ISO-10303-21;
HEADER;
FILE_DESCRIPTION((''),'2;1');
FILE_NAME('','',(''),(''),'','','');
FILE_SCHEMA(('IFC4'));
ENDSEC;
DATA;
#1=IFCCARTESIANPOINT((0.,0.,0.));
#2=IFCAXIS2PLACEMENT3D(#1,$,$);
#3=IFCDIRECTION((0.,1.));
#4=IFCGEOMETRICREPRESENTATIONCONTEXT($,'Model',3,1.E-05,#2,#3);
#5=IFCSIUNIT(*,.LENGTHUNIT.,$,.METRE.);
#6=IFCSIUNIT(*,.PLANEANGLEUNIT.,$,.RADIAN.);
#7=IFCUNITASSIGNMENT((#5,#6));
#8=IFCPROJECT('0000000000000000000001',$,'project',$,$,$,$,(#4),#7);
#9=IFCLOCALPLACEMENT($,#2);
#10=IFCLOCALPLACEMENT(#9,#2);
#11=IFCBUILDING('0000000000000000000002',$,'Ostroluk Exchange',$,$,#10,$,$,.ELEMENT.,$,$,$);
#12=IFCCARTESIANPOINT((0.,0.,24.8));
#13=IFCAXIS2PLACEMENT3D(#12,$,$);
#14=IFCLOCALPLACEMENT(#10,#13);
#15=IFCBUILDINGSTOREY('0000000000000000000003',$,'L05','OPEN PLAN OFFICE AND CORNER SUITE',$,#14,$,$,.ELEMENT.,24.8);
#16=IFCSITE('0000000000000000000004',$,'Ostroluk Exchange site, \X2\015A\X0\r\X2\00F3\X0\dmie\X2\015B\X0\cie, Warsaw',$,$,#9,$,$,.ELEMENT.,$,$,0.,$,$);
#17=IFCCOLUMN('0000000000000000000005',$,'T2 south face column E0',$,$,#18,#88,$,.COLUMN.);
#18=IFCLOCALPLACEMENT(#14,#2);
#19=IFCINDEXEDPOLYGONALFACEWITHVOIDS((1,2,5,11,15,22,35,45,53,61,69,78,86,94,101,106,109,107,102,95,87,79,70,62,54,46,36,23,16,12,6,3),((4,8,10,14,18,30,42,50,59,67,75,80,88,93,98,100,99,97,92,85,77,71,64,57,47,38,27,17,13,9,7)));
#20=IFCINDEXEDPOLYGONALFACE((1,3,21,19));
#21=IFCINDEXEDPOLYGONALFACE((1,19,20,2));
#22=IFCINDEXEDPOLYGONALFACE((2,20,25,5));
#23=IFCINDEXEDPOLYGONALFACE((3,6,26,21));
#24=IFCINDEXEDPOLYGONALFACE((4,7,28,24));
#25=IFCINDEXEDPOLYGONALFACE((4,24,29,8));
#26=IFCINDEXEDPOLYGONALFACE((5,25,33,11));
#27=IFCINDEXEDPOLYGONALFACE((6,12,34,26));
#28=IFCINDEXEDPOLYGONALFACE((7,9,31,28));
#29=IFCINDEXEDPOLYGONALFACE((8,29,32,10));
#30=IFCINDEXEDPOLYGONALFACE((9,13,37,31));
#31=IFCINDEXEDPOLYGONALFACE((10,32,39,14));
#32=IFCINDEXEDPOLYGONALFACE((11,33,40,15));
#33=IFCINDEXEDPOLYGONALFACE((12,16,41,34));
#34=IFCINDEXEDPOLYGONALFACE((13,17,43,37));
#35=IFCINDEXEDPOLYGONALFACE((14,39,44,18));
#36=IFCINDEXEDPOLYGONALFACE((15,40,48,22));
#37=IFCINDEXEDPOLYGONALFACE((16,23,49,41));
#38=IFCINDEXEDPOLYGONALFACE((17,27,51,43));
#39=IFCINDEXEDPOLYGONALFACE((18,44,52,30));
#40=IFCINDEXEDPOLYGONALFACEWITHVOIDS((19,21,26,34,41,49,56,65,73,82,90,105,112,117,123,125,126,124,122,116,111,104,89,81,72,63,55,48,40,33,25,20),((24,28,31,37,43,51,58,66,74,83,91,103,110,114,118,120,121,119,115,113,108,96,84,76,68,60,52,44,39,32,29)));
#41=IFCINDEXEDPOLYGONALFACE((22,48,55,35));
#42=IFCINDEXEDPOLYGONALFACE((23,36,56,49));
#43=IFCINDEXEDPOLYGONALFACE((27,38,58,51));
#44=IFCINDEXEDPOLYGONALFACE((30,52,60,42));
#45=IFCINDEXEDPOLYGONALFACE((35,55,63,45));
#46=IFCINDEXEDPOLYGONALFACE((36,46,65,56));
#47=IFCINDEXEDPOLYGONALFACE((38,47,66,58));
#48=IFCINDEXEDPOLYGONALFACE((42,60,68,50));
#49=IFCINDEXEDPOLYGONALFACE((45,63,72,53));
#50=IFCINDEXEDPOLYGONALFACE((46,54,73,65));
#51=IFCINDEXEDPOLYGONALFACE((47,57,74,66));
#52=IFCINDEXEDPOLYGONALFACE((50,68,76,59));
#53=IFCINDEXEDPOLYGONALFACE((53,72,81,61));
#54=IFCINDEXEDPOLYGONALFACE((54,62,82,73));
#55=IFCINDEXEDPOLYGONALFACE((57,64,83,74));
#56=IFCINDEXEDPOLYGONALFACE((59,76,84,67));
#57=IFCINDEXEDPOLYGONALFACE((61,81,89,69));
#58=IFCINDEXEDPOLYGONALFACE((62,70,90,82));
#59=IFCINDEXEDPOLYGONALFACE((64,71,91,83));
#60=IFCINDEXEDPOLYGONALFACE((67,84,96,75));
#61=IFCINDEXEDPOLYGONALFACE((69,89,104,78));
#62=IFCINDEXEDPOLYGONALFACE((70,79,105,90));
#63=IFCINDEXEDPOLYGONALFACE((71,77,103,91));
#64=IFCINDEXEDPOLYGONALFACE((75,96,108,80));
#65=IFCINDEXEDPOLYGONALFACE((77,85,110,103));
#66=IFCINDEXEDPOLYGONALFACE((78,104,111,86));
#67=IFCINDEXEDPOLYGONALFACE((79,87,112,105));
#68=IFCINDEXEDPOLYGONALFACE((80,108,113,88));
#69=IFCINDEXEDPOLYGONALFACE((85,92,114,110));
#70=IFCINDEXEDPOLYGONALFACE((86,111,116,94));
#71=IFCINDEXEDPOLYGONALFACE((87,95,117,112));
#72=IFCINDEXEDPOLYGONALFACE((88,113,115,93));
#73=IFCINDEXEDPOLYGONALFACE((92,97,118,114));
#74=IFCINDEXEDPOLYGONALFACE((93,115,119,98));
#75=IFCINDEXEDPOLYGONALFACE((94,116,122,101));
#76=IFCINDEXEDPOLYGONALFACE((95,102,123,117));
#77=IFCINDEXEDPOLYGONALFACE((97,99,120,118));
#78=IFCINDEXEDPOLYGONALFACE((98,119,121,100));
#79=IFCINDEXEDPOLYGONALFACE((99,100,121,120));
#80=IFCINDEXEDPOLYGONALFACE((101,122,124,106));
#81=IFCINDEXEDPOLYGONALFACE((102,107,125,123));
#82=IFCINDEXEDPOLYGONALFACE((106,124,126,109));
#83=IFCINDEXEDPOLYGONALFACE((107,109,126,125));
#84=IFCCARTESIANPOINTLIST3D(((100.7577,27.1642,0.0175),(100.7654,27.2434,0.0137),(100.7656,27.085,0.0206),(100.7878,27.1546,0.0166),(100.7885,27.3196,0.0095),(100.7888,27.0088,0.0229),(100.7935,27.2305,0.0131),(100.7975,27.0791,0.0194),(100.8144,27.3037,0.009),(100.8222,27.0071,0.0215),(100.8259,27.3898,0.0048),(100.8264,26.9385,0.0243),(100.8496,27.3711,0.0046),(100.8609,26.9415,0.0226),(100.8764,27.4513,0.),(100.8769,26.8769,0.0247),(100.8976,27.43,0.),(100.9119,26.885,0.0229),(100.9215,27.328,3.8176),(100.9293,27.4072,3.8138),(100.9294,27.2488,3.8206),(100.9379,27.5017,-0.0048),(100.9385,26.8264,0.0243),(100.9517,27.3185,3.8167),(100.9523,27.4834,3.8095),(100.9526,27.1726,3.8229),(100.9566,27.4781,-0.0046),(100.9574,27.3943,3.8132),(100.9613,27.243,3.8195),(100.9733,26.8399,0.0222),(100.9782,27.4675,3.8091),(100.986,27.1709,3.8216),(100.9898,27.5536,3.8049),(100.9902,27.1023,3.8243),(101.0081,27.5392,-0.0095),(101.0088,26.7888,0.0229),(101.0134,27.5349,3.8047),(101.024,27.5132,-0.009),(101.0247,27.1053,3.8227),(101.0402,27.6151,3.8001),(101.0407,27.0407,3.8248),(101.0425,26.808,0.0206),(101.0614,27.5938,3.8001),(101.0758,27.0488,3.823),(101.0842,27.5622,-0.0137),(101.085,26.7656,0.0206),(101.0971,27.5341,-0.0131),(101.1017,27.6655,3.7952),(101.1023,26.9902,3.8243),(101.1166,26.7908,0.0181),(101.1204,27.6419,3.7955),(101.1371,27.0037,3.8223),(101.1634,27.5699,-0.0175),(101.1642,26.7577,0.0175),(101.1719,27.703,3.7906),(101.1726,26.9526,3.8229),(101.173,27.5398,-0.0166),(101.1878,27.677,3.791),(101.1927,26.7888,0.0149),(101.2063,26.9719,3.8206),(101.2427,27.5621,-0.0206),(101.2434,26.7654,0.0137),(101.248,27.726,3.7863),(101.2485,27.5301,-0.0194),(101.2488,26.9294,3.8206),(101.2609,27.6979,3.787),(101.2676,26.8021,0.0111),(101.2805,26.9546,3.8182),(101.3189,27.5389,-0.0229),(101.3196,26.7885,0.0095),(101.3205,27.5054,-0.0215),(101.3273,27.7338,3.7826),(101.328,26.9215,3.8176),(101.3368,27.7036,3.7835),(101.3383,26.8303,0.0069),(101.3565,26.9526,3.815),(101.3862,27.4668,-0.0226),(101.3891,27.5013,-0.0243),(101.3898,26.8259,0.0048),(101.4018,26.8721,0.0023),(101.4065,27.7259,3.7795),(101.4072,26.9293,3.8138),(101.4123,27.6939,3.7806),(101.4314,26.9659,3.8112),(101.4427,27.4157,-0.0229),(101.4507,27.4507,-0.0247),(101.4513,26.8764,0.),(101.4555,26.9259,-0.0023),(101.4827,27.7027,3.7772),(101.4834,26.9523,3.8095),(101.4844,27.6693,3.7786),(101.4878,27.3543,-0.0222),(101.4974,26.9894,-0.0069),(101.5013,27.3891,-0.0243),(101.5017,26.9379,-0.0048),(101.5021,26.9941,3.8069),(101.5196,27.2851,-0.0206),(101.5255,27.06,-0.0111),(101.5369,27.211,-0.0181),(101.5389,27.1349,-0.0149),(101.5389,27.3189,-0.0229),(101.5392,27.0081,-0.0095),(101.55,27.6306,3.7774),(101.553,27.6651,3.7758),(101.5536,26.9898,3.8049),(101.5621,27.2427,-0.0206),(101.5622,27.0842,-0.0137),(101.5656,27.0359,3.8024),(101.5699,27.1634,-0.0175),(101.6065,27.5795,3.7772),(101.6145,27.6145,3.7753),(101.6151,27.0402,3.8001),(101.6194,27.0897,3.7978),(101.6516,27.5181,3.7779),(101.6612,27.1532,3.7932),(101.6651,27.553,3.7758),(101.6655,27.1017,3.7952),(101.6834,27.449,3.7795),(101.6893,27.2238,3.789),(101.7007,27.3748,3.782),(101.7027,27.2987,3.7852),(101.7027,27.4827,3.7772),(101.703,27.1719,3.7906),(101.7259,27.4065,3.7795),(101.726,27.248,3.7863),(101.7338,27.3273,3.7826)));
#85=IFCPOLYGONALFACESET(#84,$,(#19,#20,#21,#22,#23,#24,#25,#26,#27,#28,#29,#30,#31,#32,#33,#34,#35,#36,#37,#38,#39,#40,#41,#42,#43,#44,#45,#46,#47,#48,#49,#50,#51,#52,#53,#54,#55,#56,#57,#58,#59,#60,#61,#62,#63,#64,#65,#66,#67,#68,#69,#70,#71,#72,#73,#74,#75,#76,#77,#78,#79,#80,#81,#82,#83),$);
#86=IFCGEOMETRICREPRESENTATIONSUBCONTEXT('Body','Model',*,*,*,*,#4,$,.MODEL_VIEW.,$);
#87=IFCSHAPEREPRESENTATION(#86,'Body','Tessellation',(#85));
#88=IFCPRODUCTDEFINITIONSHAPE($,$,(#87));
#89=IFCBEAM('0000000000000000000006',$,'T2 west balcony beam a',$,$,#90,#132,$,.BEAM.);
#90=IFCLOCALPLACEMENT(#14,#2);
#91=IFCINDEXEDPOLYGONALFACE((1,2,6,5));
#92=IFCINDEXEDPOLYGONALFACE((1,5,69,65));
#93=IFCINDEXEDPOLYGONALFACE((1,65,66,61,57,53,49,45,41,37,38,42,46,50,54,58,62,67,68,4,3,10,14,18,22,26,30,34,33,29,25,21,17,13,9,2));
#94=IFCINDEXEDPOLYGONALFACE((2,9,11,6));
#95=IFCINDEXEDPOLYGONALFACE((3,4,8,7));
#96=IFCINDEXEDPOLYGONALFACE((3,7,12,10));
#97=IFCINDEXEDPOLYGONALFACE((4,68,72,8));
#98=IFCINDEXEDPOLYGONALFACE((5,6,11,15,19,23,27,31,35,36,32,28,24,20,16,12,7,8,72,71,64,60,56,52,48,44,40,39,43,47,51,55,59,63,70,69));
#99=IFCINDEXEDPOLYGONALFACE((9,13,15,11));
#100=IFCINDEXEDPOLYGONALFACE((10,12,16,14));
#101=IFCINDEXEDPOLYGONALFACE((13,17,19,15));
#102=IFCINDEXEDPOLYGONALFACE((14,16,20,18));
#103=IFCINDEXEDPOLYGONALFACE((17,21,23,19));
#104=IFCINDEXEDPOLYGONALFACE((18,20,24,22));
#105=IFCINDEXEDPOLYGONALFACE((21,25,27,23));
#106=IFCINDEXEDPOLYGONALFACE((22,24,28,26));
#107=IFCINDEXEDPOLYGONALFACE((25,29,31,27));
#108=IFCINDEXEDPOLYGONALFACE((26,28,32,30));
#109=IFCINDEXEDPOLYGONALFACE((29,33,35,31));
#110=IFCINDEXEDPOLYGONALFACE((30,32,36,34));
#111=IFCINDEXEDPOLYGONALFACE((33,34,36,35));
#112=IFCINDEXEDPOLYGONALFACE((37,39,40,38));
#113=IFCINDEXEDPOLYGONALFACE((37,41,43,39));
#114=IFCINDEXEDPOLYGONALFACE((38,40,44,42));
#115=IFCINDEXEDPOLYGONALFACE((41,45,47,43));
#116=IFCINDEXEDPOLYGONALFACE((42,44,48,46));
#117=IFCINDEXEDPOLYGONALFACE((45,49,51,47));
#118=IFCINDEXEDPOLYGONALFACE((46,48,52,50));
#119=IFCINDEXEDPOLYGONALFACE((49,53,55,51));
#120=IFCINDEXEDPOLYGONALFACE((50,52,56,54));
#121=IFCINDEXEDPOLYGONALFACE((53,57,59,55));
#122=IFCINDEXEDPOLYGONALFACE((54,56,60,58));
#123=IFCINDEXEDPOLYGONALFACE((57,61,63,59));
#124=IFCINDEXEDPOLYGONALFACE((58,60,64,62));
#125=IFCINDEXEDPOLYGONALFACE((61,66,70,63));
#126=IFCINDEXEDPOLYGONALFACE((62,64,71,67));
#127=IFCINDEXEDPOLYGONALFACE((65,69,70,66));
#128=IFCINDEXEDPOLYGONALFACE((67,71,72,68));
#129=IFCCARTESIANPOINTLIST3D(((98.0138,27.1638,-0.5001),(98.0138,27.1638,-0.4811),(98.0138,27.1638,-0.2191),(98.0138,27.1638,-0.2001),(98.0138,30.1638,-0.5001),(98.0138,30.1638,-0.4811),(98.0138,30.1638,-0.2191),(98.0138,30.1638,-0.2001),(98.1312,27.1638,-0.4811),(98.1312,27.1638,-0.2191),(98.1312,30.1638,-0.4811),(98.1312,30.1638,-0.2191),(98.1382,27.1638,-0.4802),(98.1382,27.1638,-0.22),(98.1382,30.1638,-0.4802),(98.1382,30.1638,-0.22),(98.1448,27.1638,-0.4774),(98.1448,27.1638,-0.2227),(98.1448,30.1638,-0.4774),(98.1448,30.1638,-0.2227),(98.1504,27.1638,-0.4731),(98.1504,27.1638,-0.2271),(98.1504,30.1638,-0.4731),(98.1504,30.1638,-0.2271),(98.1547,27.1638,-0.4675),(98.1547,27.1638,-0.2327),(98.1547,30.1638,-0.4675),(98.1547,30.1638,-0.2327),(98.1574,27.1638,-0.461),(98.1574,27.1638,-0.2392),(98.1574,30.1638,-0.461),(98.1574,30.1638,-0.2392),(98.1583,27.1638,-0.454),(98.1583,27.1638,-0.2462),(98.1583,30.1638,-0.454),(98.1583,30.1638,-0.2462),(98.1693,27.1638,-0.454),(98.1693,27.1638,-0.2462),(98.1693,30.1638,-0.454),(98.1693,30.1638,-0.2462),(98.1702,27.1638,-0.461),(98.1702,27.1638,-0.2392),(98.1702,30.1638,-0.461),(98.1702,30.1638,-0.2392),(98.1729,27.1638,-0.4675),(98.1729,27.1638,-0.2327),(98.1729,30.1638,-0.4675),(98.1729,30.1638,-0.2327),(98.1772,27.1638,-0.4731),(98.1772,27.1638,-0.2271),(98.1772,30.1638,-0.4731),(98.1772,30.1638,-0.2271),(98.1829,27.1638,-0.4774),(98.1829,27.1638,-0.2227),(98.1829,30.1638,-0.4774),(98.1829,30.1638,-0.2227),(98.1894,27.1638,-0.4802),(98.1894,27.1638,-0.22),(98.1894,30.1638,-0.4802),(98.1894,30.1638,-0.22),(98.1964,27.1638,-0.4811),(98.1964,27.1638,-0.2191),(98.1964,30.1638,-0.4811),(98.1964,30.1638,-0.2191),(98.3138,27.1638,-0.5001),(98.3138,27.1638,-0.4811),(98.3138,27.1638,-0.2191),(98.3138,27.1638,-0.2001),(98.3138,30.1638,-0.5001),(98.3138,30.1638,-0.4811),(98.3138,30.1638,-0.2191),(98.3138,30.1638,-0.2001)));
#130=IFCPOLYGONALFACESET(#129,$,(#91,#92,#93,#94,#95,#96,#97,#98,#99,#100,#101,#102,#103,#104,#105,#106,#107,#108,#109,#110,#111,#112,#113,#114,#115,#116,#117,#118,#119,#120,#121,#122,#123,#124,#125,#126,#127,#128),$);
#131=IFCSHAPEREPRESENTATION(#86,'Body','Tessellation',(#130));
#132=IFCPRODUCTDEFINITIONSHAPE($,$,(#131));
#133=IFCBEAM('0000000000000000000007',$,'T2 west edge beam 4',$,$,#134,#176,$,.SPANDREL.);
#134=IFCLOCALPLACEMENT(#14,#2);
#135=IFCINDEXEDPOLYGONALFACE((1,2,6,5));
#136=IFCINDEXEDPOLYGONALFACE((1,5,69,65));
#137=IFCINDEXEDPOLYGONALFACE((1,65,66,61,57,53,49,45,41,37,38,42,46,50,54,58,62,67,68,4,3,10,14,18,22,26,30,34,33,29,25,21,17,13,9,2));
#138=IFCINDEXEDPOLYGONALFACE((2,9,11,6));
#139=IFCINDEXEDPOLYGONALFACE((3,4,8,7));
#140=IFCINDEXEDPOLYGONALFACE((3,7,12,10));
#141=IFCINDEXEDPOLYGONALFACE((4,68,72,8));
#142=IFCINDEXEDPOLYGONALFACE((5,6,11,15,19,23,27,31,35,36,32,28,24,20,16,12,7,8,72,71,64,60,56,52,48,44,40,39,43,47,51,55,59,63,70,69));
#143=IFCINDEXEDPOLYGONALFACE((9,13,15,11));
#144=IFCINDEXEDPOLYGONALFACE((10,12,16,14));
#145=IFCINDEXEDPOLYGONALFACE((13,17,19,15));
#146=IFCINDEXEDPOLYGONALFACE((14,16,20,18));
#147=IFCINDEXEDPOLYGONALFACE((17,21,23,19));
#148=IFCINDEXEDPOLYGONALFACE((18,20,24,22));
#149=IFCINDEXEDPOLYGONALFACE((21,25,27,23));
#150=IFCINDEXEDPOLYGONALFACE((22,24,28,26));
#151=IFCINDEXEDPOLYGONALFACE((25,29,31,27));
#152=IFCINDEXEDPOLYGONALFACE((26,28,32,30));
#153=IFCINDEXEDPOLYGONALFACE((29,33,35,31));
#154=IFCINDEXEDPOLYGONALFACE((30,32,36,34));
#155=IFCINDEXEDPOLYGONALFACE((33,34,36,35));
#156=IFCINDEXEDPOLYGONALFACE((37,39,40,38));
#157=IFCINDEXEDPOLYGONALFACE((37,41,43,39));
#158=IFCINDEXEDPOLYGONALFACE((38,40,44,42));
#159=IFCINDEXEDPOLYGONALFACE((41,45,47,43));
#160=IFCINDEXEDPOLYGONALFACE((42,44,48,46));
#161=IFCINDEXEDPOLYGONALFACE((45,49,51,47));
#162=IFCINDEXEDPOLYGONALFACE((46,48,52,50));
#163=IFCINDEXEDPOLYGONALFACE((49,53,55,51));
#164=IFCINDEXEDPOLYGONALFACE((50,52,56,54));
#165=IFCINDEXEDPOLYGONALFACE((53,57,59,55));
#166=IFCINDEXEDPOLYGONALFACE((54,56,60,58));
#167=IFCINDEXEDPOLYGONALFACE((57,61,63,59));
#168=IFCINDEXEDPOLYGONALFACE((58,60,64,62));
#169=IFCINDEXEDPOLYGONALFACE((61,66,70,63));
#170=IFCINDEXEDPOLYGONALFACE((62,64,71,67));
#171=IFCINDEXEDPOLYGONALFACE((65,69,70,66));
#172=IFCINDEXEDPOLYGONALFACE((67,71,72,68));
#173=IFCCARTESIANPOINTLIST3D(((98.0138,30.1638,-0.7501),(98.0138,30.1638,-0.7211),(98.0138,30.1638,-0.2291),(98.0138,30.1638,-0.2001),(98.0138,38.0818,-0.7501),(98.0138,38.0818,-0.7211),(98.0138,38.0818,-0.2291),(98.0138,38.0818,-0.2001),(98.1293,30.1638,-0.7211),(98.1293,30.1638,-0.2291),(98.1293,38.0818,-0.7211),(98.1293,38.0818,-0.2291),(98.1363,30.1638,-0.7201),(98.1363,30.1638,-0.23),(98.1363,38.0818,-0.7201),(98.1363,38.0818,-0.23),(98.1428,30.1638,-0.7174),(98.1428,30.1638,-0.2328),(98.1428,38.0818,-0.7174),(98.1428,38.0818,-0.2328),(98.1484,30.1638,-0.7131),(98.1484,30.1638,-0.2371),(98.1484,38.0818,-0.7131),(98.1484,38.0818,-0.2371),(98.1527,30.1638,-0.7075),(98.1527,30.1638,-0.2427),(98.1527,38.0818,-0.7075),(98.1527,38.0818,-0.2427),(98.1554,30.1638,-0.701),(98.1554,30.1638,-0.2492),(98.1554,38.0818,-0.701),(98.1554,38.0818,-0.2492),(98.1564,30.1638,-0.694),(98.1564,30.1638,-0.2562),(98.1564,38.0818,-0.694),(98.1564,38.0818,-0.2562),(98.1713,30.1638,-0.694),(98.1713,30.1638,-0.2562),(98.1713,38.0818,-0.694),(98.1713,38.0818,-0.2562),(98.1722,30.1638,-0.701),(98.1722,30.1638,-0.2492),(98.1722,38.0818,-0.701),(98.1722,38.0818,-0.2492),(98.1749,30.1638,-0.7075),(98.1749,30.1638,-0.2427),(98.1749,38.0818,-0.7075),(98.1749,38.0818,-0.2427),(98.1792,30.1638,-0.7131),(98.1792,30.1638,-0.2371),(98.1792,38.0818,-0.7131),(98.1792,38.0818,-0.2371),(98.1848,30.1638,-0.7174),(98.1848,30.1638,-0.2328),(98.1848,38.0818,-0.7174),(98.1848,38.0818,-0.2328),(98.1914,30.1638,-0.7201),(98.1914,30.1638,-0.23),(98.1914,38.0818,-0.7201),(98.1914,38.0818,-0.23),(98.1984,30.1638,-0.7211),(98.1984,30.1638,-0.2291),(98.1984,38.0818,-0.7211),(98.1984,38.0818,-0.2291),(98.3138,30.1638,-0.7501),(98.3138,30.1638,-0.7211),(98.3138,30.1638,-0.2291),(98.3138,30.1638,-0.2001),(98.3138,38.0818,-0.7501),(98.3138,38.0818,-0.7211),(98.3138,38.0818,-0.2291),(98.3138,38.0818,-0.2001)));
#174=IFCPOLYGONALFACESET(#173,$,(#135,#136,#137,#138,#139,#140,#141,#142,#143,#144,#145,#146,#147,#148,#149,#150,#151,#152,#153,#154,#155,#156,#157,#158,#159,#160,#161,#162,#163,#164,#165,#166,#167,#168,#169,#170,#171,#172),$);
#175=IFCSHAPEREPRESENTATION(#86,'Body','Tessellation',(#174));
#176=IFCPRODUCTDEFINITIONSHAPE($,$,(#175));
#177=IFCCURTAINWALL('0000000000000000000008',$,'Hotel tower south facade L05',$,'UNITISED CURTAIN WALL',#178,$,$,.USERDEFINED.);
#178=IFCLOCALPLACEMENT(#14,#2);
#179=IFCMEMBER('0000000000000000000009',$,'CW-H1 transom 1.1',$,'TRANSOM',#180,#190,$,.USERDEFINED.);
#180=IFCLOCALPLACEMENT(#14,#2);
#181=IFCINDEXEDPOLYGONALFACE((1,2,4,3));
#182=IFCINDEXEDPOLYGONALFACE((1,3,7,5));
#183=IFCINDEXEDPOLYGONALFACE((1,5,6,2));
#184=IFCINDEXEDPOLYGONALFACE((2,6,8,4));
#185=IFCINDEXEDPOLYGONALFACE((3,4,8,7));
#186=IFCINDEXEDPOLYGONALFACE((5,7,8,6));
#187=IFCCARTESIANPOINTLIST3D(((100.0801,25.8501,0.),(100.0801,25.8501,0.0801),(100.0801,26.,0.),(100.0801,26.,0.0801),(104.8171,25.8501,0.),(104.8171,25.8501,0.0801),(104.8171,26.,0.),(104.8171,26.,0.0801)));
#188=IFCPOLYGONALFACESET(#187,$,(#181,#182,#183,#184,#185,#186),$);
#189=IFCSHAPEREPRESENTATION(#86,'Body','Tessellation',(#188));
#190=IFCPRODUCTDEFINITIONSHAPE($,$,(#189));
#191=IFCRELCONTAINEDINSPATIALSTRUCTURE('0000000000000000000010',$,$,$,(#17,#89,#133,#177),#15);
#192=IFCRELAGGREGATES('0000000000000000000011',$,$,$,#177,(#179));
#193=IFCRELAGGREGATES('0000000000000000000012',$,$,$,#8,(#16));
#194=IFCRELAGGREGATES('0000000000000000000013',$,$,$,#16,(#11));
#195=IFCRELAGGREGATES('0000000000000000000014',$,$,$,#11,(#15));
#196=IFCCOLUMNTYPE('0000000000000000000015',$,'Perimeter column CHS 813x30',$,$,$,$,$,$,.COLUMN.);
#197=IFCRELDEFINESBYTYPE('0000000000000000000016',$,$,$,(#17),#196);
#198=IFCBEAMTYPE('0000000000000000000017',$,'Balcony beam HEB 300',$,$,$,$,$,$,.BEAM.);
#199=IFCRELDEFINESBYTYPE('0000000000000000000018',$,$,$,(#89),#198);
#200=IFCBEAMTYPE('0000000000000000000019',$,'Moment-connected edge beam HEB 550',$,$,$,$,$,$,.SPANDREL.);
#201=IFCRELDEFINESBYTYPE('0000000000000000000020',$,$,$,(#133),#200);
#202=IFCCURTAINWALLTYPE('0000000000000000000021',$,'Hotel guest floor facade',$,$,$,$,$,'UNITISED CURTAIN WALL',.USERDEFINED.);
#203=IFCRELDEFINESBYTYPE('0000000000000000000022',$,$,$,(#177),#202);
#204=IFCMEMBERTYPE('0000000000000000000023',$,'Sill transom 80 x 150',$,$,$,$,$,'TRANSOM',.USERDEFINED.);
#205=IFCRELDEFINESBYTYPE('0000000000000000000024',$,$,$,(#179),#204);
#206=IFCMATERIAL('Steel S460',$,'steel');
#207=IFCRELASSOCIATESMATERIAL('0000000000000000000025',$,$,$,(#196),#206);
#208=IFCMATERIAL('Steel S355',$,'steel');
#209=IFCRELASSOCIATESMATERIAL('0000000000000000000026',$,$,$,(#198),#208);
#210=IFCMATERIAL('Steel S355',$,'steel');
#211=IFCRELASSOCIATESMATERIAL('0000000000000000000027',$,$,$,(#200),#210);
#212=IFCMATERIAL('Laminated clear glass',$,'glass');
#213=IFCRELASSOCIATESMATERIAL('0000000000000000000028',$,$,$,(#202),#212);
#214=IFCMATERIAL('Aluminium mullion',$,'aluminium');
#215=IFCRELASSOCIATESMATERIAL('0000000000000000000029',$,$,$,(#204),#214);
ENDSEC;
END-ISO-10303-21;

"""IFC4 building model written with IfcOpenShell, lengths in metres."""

from ifc_helpers import new_model, si_unit, direction, frame, origin, origin_2d, place, context, subcontext, project, spatial, rectangle, hollow_circle, i_section, extrude, material, material_profile, profile_set, type_object, element, aggregate, save


model = new_model("IFC4")

# Units and contexts
model_context = context("Model", 3, precision=1e-05, world=origin(), true_north=direction((0.0, 1.0)))
body_context = subcontext(model_context, "Body", "Model", "MODEL_VIEW")
ifc_project = project(units=[si_unit("LENGTHUNIT", "METRE"), si_unit("PLANEANGLEUNIT", "RADIAN")], contexts=[model_context])

# Site, building, storey
site_placement = place(None, origin())
site = spatial("IfcSite", under=ifc_project, at=site_placement, Name="Ostroluk Exchange site, Śródmieście, Warsaw", CompositionType="ELEMENT", RefElevation=0.0)
building_placement = place(site_placement, origin())
building = spatial("IfcBuilding", under=site, at=building_placement, Name="Ostroluk Exchange", CompositionType="ELEMENT")
storey_placement = place(building_placement, frame((0.0, 0.0, 24.8)))
storey = spatial("IfcBuildingStorey", under=building, at=storey_placement, Name="L05", Description="OPEN PLAN OFFICE AND CORNER SUITE", CompositionType="ELEMENT", Elevation=24.8)

# Column
ifc_material_1 = material(Name="Steel S460", Category="steel")
ifc_material_profile_1 = material_profile(ifc_material_1, hollow_circle(Radius=0.4065, WallThickness=0.03, at=origin_2d()), Name="CHS 813x30")
ifc_profile_set_1 = profile_set([ifc_material_profile_1], Name="Steel S460")
column_type = type_object("IfcColumnType", Name="Perimeter column CHS 813x30", PredefinedType="COLUMN", material=ifc_profile_set_1)
column_1_placement = place(storey_placement, frame((101.1638, 27.1638, 0.0), z_axis=(0.04303, 0.04303, 0.998147), x_axis=(-0.707107, 0.707107, 0.0)))
element("IfcColumn", 1, at=column_1_placement, inside=storey, type_object=column_type, Name="T2 south face column E0", PredefinedType="COLUMN", context=body_context, shape_type="SweptSolid", body=[
    extrude(hollow_circle(Radius=0.4065, WallThickness=0.03, at=origin_2d()), origin(), (0.0, 0.0, 1.0), 3.8071),
])

# Beams
ifc_material_2 = material(Name="Steel S355", Category="steel")
ifc_material_profile_2 = material_profile(ifc_material_2, i_section(OverallWidth=0.3, OverallDepth=0.3, WebThickness=0.011, FlangeThickness=0.019, FilletRadius=0.0271, at=origin_2d()), Name="HEB 300")
ifc_profile_set_2 = profile_set([ifc_material_profile_2], Name="Steel S355")
beam_type_1 = type_object("IfcBeamType", Name="Balcony beam HEB 300", PredefinedType="BEAM", material=ifc_profile_set_2)
beam_1_placement = place(storey_placement, frame((98.1638, 30.1638, -0.3501), z_axis=(0.0, -1.0, 0.0), x_axis=(1.0, 0.0, 0.0)))
element("IfcBeam", 2, at=beam_1_placement, inside=storey, type_object=beam_type_1, Name="T2 west balcony beam a", PredefinedType="BEAM", context=body_context, shape_type="SweptSolid", body=[
    extrude(i_section(OverallWidth=0.3, OverallDepth=0.3, WebThickness=0.011, FlangeThickness=0.019, FilletRadius=0.0271, at=origin_2d()), origin(), (0.0, 0.0, 1.0), 3.0),
])
ifc_material_3 = material(Name="Steel S355", Category="steel")
ifc_material_profile_3 = material_profile(ifc_material_3, i_section(OverallWidth=0.3, OverallDepth=0.55, WebThickness=0.0149, FlangeThickness=0.0291, FilletRadius=0.0271, at=origin_2d()), Name="HEB 550")
ifc_profile_set_3 = profile_set([ifc_material_profile_3], Name="Steel S355")
beam_type_2 = type_object("IfcBeamType", Name="Moment-connected edge beam HEB 550", PredefinedType="SPANDREL", material=ifc_profile_set_3)
beam_2_placement = place(storey_placement, frame((98.1638, 38.0818, -0.4751), z_axis=(0.0, -1.0, 0.0), x_axis=(1.0, 0.0, 0.0)))
element("IfcBeam", 3, at=beam_2_placement, inside=storey, type_object=beam_type_2, Name="T2 west edge beam 4", PredefinedType="SPANDREL", context=body_context, shape_type="SweptSolid", body=[
    extrude(i_section(OverallWidth=0.3, OverallDepth=0.55, WebThickness=0.0149, FlangeThickness=0.0291, FilletRadius=0.0271, at=origin_2d()), origin(), (0.0, 0.0, 1.0), 7.918),
])

# Curtain wall, member
ifc_material_4 = material(Name="Laminated clear glass", Category="glass")
curtain_wall_type = type_object("IfcCurtainWallType", Name="Hotel guest floor facade", ElementType="UNITISED CURTAIN WALL", PredefinedType="USERDEFINED", material=ifc_material_4)
curtain_wall_1_placement = place(storey_placement, origin())
curtain_wall_1 = element("IfcCurtainWall", 4, at=curtain_wall_1_placement, inside=storey, type_object=curtain_wall_type, Name="Hotel tower south facade L05", ObjectType="UNITISED CURTAIN WALL", PredefinedType="USERDEFINED")
ifc_material_5 = material(Name="Aluminium mullion", Category="aluminium")
ifc_material_profile_4 = material_profile(ifc_material_5, rectangle(XDim=0.1499, YDim=0.0801, at=origin_2d()), Name="Sill transom 80 x 150")
ifc_profile_set_4 = profile_set([ifc_material_profile_4], Name="Aluminium mullion")
member_type_1 = type_object("IfcMemberType", Name="Sill transom 80 x 150", ElementType="TRANSOM", PredefinedType="USERDEFINED", material=ifc_profile_set_4)
member_1_placement = place(storey_placement, frame((100.0801, 25.925, 0.04), z_axis=(1.0, 0.0, 0.0), x_axis=(0.0, 1.0, 0.0)))
member_1 = element("IfcMember", 5, at=member_1_placement, type_object=member_type_1, Name="CW-H1 transom 1.1", ObjectType="TRANSOM", PredefinedType="USERDEFINED", context=body_context, shape_type="SweptSolid", body=[
    extrude(rectangle(XDim=0.1499, YDim=0.0801, at=origin_2d()), origin(), (0.0, 0.0, 1.0), 4.7371),
])

aggregate(curtain_wall_1, [member_1])

save(model, "model.ifc")
